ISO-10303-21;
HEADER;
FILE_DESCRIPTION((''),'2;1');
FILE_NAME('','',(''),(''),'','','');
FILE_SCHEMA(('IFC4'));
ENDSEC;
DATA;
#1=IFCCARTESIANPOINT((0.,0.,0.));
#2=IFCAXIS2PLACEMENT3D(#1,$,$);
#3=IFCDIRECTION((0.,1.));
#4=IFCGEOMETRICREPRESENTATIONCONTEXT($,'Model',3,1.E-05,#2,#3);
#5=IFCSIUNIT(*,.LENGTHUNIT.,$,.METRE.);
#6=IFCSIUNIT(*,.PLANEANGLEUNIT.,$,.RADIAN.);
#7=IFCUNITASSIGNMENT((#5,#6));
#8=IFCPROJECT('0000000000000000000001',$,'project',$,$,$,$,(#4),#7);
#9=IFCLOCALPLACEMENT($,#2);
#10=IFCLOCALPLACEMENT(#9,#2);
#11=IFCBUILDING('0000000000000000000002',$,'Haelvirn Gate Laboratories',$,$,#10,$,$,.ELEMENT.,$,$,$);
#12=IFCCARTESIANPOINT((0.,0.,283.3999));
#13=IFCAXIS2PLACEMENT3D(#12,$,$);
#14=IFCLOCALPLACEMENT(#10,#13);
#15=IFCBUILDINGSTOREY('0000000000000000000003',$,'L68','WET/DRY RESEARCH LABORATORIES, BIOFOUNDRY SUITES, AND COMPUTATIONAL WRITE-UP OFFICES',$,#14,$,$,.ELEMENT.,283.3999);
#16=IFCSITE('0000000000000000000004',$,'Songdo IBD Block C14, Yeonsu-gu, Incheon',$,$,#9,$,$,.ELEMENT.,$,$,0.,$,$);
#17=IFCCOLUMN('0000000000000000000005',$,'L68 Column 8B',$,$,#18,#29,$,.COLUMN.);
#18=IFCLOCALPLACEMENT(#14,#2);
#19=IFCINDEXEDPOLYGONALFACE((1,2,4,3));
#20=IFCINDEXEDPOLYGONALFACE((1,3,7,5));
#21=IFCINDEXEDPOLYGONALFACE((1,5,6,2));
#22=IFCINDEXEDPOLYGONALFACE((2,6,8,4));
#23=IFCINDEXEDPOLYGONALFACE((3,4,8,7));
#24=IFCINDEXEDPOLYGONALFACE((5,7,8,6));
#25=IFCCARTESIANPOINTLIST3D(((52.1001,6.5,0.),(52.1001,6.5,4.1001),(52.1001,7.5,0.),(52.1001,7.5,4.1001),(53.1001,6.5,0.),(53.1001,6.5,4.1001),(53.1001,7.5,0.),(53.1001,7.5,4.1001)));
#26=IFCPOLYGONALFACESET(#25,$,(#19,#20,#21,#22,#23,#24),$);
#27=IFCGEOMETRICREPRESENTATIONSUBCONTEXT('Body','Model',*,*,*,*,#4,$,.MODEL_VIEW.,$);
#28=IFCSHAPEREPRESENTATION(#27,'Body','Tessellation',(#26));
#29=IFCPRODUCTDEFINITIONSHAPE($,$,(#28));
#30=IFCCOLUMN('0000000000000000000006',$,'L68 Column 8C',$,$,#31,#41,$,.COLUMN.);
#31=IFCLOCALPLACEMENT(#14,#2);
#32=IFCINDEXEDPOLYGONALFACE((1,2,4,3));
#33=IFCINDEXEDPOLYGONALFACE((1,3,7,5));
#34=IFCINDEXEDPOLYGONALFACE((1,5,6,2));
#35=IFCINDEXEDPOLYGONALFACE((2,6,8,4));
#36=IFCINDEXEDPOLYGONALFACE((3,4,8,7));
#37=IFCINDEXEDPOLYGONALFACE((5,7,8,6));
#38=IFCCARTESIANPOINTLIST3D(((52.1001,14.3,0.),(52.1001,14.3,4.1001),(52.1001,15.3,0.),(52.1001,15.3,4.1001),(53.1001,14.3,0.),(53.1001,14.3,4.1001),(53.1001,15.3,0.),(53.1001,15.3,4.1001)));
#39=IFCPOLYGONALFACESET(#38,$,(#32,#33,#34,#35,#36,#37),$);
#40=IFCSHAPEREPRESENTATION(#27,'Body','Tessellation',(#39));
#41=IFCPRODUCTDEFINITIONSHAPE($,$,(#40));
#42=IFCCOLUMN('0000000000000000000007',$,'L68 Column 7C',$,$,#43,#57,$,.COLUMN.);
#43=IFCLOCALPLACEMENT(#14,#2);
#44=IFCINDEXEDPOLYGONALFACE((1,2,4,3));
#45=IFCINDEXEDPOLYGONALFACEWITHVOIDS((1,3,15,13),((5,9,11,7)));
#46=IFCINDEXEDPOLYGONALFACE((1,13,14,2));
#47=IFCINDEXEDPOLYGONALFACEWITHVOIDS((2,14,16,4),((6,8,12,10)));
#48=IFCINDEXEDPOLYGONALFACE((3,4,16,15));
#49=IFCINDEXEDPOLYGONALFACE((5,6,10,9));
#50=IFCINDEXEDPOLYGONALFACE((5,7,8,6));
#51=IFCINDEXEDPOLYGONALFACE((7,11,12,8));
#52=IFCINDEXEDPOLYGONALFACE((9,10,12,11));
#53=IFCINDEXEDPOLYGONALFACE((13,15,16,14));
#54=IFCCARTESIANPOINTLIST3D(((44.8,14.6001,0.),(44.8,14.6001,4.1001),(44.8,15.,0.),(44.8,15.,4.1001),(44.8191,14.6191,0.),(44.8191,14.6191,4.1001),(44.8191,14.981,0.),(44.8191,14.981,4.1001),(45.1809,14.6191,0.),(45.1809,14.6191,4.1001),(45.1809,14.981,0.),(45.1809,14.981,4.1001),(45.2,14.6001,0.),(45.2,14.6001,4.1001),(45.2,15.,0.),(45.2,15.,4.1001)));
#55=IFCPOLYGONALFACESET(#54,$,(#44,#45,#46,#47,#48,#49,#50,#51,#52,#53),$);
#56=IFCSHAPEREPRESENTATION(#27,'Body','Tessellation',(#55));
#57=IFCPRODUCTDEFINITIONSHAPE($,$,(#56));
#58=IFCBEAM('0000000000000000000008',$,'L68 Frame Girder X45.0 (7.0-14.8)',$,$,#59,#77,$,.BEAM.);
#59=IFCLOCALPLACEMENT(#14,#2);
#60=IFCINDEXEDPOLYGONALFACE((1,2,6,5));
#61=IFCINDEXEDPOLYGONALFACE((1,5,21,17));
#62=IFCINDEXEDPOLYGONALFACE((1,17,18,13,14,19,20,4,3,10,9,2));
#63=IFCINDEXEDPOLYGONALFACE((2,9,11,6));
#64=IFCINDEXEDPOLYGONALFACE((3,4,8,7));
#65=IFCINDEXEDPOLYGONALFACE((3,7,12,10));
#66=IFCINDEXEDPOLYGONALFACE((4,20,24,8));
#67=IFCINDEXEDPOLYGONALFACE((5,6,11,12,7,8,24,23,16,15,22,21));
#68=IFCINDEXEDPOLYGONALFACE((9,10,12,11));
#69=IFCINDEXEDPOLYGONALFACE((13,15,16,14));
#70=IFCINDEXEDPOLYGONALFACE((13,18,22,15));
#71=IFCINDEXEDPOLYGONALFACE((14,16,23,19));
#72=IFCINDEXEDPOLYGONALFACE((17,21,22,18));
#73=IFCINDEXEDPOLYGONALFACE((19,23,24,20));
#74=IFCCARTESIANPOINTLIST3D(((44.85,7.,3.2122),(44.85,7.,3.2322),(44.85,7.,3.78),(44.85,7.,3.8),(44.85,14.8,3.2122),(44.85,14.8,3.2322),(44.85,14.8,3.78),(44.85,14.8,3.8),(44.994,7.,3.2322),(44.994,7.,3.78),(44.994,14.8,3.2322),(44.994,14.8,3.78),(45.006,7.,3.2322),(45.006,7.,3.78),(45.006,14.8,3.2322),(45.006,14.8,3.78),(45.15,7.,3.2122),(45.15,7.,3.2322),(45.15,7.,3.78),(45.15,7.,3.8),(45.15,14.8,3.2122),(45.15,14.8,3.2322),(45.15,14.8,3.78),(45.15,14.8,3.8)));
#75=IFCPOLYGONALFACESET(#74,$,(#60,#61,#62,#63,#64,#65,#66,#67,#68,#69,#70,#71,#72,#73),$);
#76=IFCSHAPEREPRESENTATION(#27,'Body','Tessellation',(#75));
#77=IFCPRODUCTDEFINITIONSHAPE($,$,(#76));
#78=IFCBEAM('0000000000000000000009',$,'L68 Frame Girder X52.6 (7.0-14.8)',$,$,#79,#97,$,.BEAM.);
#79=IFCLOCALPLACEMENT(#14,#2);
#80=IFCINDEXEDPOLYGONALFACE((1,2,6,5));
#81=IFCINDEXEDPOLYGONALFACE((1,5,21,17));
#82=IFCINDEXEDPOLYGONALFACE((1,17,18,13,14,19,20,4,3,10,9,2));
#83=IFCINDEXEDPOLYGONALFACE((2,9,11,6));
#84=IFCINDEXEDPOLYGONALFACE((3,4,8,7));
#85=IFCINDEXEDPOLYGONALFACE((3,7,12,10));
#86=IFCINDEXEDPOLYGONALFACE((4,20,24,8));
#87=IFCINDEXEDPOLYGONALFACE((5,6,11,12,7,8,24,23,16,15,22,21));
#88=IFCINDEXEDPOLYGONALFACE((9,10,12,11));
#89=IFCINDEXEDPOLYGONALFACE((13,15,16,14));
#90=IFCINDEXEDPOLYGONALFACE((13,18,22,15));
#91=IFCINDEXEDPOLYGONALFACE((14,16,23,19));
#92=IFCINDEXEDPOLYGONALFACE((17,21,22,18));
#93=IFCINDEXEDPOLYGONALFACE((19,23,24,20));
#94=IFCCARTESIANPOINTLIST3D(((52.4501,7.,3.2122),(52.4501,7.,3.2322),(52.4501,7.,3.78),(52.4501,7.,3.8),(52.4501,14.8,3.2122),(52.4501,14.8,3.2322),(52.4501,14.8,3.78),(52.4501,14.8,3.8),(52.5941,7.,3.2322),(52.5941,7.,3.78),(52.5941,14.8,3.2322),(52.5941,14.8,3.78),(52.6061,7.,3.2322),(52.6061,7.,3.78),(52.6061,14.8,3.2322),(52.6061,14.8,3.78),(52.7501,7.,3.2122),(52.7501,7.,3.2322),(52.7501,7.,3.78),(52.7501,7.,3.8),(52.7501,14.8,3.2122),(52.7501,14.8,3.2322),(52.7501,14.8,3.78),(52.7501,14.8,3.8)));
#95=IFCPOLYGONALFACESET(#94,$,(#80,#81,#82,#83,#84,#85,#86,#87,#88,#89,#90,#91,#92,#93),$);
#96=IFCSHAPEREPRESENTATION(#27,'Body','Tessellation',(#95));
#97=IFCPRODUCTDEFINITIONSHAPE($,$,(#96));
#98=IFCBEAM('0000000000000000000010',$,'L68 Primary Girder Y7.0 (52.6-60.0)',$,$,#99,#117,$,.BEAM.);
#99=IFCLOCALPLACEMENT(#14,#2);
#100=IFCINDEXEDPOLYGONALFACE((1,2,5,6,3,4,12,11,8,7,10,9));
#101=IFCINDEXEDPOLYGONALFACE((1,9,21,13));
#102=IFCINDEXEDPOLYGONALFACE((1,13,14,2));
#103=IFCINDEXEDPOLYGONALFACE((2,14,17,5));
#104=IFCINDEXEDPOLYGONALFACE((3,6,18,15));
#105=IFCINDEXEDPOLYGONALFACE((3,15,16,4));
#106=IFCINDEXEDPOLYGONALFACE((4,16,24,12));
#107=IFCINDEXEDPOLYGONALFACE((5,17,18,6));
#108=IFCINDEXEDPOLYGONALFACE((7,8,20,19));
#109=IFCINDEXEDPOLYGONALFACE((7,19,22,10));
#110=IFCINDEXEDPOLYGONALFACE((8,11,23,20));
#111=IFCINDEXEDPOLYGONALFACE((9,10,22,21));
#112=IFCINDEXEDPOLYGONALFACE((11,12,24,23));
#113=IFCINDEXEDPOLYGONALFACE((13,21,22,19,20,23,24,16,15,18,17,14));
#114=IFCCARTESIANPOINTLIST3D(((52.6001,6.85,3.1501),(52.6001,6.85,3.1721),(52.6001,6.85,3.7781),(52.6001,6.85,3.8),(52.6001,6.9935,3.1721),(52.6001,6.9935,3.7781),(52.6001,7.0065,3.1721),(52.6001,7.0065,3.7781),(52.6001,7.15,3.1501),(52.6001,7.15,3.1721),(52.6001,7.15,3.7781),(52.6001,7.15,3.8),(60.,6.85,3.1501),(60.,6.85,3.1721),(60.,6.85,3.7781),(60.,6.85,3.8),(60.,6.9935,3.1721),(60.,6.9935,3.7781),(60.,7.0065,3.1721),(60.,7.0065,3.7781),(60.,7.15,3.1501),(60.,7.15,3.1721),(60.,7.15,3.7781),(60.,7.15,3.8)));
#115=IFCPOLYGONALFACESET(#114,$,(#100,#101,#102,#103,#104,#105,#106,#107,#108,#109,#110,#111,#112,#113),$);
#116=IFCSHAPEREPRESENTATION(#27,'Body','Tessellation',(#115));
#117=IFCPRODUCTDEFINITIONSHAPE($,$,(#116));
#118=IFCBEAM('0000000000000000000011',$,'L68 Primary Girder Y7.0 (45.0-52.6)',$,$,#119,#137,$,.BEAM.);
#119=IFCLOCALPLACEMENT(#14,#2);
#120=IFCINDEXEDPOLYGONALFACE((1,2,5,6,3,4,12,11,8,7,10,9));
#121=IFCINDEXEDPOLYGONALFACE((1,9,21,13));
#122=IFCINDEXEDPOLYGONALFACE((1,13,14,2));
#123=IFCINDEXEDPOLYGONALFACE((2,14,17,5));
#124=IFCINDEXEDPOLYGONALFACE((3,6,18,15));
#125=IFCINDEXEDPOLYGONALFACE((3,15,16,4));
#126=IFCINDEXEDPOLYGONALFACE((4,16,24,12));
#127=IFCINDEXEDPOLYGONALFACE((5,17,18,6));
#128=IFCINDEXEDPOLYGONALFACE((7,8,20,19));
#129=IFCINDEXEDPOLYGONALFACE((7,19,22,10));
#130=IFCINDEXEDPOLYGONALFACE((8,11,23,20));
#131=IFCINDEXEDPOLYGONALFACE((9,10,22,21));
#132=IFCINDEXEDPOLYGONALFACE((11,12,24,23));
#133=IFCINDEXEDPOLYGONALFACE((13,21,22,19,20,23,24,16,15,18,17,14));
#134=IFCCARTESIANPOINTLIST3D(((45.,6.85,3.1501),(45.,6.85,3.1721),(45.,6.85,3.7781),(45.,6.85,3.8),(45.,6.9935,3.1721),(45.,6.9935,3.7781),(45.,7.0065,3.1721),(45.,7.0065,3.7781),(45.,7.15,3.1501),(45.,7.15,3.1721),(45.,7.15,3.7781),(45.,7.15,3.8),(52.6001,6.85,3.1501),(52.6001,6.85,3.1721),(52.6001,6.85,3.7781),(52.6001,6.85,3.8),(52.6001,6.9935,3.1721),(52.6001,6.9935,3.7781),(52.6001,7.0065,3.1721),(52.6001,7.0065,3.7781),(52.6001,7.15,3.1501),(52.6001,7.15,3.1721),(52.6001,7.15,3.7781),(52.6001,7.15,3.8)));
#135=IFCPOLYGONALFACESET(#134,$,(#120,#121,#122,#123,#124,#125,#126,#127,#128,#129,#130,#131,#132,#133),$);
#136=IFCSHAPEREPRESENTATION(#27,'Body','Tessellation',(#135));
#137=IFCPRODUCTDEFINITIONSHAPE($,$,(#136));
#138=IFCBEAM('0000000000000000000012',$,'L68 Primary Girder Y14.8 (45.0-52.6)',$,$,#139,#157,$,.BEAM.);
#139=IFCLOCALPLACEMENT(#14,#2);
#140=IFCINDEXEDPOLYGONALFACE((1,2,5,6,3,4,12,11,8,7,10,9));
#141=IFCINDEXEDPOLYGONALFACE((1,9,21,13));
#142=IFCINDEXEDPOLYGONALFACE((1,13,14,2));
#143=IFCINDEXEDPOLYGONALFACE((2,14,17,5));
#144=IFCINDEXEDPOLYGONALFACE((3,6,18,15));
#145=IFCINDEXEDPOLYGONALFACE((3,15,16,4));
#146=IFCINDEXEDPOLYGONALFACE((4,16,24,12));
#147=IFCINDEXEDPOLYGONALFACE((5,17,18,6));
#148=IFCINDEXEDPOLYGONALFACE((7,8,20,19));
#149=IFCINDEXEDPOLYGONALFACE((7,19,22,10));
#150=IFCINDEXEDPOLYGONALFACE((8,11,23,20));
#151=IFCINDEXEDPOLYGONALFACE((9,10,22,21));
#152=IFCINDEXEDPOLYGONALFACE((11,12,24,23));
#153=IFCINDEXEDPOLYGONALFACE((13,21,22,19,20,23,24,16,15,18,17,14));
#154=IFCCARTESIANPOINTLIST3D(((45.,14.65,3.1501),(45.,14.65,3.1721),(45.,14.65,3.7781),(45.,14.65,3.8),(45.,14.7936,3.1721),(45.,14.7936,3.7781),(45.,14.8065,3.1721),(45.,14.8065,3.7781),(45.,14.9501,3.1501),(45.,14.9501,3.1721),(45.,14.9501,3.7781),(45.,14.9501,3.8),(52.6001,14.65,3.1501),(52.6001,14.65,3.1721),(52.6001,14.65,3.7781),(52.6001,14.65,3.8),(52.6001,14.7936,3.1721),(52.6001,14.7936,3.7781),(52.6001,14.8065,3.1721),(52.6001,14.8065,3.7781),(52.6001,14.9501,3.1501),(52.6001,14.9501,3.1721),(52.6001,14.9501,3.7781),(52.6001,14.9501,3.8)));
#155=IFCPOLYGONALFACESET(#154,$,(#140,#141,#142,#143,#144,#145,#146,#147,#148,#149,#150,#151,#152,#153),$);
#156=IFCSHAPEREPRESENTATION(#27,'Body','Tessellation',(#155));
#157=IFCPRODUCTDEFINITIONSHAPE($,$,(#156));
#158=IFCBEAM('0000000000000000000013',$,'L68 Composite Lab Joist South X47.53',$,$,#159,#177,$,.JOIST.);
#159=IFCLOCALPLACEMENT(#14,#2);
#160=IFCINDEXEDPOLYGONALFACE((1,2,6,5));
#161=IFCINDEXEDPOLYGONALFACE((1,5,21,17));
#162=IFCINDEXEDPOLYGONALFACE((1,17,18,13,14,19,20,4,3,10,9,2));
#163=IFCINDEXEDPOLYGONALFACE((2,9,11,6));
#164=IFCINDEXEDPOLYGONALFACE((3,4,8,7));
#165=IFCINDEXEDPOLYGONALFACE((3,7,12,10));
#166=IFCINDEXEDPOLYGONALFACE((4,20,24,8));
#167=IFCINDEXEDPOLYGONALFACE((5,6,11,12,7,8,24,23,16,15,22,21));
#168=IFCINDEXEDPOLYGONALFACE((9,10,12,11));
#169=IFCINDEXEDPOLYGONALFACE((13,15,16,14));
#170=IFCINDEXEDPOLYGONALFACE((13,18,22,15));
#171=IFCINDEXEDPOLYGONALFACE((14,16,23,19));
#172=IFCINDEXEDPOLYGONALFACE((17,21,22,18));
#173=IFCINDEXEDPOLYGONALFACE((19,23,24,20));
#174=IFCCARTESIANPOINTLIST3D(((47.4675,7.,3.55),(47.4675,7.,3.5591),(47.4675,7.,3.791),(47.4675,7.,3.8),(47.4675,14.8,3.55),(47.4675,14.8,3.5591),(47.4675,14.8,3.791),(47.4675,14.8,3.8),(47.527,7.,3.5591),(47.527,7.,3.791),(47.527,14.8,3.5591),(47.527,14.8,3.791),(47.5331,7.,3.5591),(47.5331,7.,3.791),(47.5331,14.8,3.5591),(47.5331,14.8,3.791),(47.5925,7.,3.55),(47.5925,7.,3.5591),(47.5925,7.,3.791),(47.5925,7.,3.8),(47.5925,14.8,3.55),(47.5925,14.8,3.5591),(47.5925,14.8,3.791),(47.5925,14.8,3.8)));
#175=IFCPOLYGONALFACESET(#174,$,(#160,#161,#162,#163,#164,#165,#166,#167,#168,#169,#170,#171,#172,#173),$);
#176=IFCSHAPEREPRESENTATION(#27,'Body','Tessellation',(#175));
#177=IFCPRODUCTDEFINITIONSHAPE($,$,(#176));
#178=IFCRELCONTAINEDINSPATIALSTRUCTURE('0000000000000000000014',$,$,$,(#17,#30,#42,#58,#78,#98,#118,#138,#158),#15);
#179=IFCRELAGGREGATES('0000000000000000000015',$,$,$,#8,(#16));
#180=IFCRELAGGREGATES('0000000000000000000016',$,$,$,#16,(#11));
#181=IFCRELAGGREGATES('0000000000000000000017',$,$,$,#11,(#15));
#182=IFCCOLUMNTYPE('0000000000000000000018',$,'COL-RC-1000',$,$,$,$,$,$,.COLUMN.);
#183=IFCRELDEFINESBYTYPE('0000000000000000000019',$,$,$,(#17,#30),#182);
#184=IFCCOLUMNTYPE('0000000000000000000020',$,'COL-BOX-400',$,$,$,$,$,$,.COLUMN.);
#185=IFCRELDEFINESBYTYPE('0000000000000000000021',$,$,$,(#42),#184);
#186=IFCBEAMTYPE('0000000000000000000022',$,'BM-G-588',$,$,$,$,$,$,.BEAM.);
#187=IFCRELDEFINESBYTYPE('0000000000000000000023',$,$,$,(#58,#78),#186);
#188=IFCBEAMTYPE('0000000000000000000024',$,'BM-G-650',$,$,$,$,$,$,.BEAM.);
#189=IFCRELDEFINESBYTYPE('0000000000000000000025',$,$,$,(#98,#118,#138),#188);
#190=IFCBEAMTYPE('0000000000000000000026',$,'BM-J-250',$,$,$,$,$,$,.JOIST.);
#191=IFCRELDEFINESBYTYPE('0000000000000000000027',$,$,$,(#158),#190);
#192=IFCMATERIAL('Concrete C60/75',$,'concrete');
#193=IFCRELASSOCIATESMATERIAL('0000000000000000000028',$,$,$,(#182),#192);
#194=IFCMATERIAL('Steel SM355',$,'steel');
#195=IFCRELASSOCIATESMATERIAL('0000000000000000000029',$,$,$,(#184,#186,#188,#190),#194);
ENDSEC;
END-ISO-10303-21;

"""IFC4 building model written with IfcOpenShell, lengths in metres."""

from ifc_helpers import new_model, si_unit, direction, frame, origin, origin_2d, place, context, subcontext, project, spatial, rectangle, hollow_rectangle, i_section, extrude, source, transform, mapped, material, material_profile, profile_set, type_object, type_shapes, element, save


model = new_model("IFC4")

# Units and contexts
model_context = context("Model", 3, precision=1e-05, world=origin(), true_north=direction((0.0, 1.0)))
body_context = subcontext(model_context, "Body", "Model", "MODEL_VIEW")
ifc_project = project(units=[si_unit("LENGTHUNIT", "METRE"), si_unit("PLANEANGLEUNIT", "RADIAN")], contexts=[model_context])

# Site, building, storey
site_placement = place(None, origin())
site = spatial("IfcSite", under=ifc_project, at=site_placement, Name="Songdo IBD Block C14, Yeonsu-gu, Incheon", CompositionType="ELEMENT", RefElevation=0.0)
building_placement = place(site_placement, origin())
building = spatial("IfcBuilding", under=site, at=building_placement, Name="Haelvirn Gate Laboratories", CompositionType="ELEMENT")
storey_placement = place(building_placement, frame((0.0, 0.0, 283.3999)))
storey = spatial("IfcBuildingStorey", under=building, at=storey_placement, Name="L68", Description="WET/DRY RESEARCH LABORATORIES, BIOFOUNDRY SUITES, AND COMPUTATIONAL WRITE-UP OFFICES", CompositionType="ELEMENT", Elevation=283.3999)

# Columns
ifc_material_1 = material(Name="Concrete C60/75", Category="concrete")
ifc_material_profile_1 = material_profile(ifc_material_1, rectangle(XDim=1.0, YDim=1.0, at=origin_2d()), Name="RC-1000x1000")
ifc_profile_set_1 = profile_set([ifc_material_profile_1], Name="Concrete C60/75")
column_type_1 = type_object("IfcColumnType", Name="COL-RC-1000", PredefinedType="COLUMN", material=ifc_profile_set_1)
shared_shape_1 = source(origin(), body_context, "Body", "SweptSolid", [
    extrude(rectangle(XDim=1.0, YDim=1.0, at=origin_2d()), origin(), (0.0, 0.0, 1.0), 4.1001),
])
type_shapes(column_type_1, [shared_shape_1])
for number, where, z_axis, x_axis, name in (
    (1, (52.6001, 7.0, 0.0), (0.0, 0.0, 1.0), (1.0, 0.0, 0.0), "L68 Column 8B"),
    (2, (52.6001, 14.8, 0.0), (0.0, 0.0, 1.0), (1.0, 0.0, 0.0), "L68 Column 8C"),
):
    element("IfcColumn", number, at=place(storey_placement, frame(where, z_axis=z_axis, x_axis=x_axis)), inside=storey, type_object=column_type_1, Name=name, PredefinedType="COLUMN", context=body_context, shape_type="MappedRepresentation", body=[
        mapped(shared_shape_1, transform((0.0, 0.0, 0.0), scale=1.0)),
    ])
ifc_material_2 = material(Name="Steel SM355", Category="steel")
ifc_material_profile_2 = material_profile(ifc_material_2, hollow_rectangle(XDim=0.3999, YDim=0.3999, WallThickness=0.019, at=origin_2d()), Name="BOX-400x400x19")
ifc_profile_set_2 = profile_set([ifc_material_profile_2], Name="Steel SM355")
column_type_2 = type_object("IfcColumnType", Name="COL-BOX-400", PredefinedType="COLUMN", material=ifc_profile_set_2)
shared_shape_2 = source(origin(), body_context, "Body", "SweptSolid", [
    extrude(hollow_rectangle(XDim=0.3999, YDim=0.3999, WallThickness=0.019, at=origin_2d()), origin(), (0.0, 0.0, 1.0), 4.1001),
])
type_shapes(column_type_2, [shared_shape_2])
column_placement = place(storey_placement, frame((45.0, 14.8, 0.0), z_axis=(0.0, 0.0, 1.0), x_axis=(1.0, 0.0, 0.0)))
element("IfcColumn", 3, at=column_placement, inside=storey, type_object=column_type_2, Name="L68 Column 7C", PredefinedType="COLUMN", context=body_context, shape_type="MappedRepresentation", body=[
    mapped(shared_shape_2, transform((0.0, 0.0, 0.0), scale=1.0)),
])

# Beams
ifc_material_profile_3 = material_profile(ifc_material_2, i_section(OverallWidth=0.3, OverallDepth=0.5879, WebThickness=0.012, FlangeThickness=0.02, at=origin_2d()), Name="H-588x300x12x20")
ifc_profile_set_3 = profile_set([ifc_material_profile_3], Name="Steel SM355")
beam_type_1 = type_object("IfcBeamType", Name="BM-G-588", PredefinedType="BEAM", material=ifc_profile_set_3)
shared_shape_3 = source(origin(), body_context, "Body", "SweptSolid", [
    extrude(i_section(OverallWidth=0.3, OverallDepth=0.5879, WebThickness=0.012, FlangeThickness=0.02, at=origin_2d()), origin(), (0.0, 0.0, 1.0), 7.8),
])
type_shapes(beam_type_1, [shared_shape_3])
for number, where, z_axis, x_axis, name in (
    (4, (45.0, 7.0, 3.5061), (0.0, 1.0, 0.0), (-1.0, 0.0, 0.0), "L68 Frame Girder X45.0 (7.0-14.8)"),
    (5, (52.6001, 7.0, 3.5061), (0.0, 1.0, 0.0), (-1.0, 0.0, 0.0), "L68 Frame Girder X52.6 (7.0-14.8)"),
):
    element("IfcBeam", number, at=place(storey_placement, frame(where, z_axis=z_axis, x_axis=x_axis)), inside=storey, type_object=beam_type_1, Name=name, PredefinedType="BEAM", context=body_context, shape_type="MappedRepresentation", body=[
        mapped(shared_shape_3, transform((0.0, 0.0, 0.0), scale=1.0)),
    ])
ifc_material_profile_4 = material_profile(ifc_material_2, i_section(OverallWidth=0.3, OverallDepth=0.6499, WebThickness=0.0129, FlangeThickness=0.022, at=origin_2d()), Name="H-650x300x13x22")
ifc_profile_set_4 = profile_set([ifc_material_profile_4], Name="Steel SM355")
beam_type_2 = type_object("IfcBeamType", Name="BM-G-650", PredefinedType="BEAM", material=ifc_profile_set_4)
shared_shape_4 = source(origin(), body_context, "Body", "SweptSolid", [
    extrude(i_section(OverallWidth=0.3, OverallDepth=0.6499, WebThickness=0.0129, FlangeThickness=0.022, at=origin_2d()), origin(), (0.0, 0.0, 1.0), 7.3999),
])
beam_placement = place(storey_placement, frame((52.6001, 7.0, 3.4751), z_axis=(1.0, 0.0, 0.0), x_axis=(0.0, 1.0, 0.0)))
element("IfcBeam", 6, at=beam_placement, inside=storey, type_object=beam_type_2, Name="L68 Primary Girder Y7.0 (52.6-60.0)", PredefinedType="BEAM", context=body_context, shape_type="MappedRepresentation", body=[
    mapped(shared_shape_4, transform((0.0, 0.0, 0.0), scale=1.0)),
])
shared_shape_5 = source(origin(), body_context, "Body", "SweptSolid", [
    extrude(i_section(OverallWidth=0.3, OverallDepth=0.6499, WebThickness=0.0129, FlangeThickness=0.022, at=origin_2d()), origin(), (0.0, 0.0, 1.0), 7.6001),
])
type_shapes(beam_type_2, [shared_shape_4, shared_shape_5])
for number, where, z_axis, x_axis, name in (
    (7, (45.0, 7.0, 3.4751), (1.0, 0.0, 0.0), (0.0, 1.0, 0.0), "L68 Primary Girder Y7.0 (45.0-52.6)"),
    (8, (45.0, 14.8, 3.4751), (1.0, 0.0, 0.0), (0.0, 1.0, 0.0), "L68 Primary Girder Y14.8 (45.0-52.6)"),
):
    element("IfcBeam", number, at=place(storey_placement, frame(where, z_axis=z_axis, x_axis=x_axis)), inside=storey, type_object=beam_type_2, Name=name, PredefinedType="BEAM", context=body_context, shape_type="MappedRepresentation", body=[
        mapped(shared_shape_5, transform((0.0, 0.0, 0.0), scale=1.0)),
    ])
ifc_material_profile_5 = material_profile(ifc_material_2, i_section(OverallWidth=0.125, OverallDepth=0.25, WebThickness=0.0061, FlangeThickness=0.009, at=origin_2d()), Name="H-250x125x6x9")
ifc_profile_set_5 = profile_set([ifc_material_profile_5], Name="Steel SM355")
beam_type_3 = type_object("IfcBeamType", Name="BM-J-250", PredefinedType="JOIST", material=ifc_profile_set_5)
shared_shape_6 = source(origin(), body_context, "Body", "SweptSolid", [
    extrude(i_section(OverallWidth=0.125, OverallDepth=0.25, WebThickness=0.0061, FlangeThickness=0.009, at=origin_2d()), origin(), (0.0, 0.0, 1.0), 7.8),
])
type_shapes(beam_type_3, [shared_shape_6])
for number, where, z_axis, x_axis, name in (
    (9, (47.53, 7.0, 3.675), (0.0, 1.0, 0.0), (-1.0, 0.0, 0.0), "L68 Composite Lab Joist South X47.53"),
):
    element("IfcBeam", number, at=place(storey_placement, frame(where, z_axis=z_axis, x_axis=x_axis)), inside=storey, type_object=beam_type_3, Name=name, PredefinedType="JOIST", context=body_context, shape_type="MappedRepresentation", body=[
        mapped(shared_shape_6, transform((0.0, 0.0, 0.0), scale=1.0)),
    ])

save(model, "model.ifc")
